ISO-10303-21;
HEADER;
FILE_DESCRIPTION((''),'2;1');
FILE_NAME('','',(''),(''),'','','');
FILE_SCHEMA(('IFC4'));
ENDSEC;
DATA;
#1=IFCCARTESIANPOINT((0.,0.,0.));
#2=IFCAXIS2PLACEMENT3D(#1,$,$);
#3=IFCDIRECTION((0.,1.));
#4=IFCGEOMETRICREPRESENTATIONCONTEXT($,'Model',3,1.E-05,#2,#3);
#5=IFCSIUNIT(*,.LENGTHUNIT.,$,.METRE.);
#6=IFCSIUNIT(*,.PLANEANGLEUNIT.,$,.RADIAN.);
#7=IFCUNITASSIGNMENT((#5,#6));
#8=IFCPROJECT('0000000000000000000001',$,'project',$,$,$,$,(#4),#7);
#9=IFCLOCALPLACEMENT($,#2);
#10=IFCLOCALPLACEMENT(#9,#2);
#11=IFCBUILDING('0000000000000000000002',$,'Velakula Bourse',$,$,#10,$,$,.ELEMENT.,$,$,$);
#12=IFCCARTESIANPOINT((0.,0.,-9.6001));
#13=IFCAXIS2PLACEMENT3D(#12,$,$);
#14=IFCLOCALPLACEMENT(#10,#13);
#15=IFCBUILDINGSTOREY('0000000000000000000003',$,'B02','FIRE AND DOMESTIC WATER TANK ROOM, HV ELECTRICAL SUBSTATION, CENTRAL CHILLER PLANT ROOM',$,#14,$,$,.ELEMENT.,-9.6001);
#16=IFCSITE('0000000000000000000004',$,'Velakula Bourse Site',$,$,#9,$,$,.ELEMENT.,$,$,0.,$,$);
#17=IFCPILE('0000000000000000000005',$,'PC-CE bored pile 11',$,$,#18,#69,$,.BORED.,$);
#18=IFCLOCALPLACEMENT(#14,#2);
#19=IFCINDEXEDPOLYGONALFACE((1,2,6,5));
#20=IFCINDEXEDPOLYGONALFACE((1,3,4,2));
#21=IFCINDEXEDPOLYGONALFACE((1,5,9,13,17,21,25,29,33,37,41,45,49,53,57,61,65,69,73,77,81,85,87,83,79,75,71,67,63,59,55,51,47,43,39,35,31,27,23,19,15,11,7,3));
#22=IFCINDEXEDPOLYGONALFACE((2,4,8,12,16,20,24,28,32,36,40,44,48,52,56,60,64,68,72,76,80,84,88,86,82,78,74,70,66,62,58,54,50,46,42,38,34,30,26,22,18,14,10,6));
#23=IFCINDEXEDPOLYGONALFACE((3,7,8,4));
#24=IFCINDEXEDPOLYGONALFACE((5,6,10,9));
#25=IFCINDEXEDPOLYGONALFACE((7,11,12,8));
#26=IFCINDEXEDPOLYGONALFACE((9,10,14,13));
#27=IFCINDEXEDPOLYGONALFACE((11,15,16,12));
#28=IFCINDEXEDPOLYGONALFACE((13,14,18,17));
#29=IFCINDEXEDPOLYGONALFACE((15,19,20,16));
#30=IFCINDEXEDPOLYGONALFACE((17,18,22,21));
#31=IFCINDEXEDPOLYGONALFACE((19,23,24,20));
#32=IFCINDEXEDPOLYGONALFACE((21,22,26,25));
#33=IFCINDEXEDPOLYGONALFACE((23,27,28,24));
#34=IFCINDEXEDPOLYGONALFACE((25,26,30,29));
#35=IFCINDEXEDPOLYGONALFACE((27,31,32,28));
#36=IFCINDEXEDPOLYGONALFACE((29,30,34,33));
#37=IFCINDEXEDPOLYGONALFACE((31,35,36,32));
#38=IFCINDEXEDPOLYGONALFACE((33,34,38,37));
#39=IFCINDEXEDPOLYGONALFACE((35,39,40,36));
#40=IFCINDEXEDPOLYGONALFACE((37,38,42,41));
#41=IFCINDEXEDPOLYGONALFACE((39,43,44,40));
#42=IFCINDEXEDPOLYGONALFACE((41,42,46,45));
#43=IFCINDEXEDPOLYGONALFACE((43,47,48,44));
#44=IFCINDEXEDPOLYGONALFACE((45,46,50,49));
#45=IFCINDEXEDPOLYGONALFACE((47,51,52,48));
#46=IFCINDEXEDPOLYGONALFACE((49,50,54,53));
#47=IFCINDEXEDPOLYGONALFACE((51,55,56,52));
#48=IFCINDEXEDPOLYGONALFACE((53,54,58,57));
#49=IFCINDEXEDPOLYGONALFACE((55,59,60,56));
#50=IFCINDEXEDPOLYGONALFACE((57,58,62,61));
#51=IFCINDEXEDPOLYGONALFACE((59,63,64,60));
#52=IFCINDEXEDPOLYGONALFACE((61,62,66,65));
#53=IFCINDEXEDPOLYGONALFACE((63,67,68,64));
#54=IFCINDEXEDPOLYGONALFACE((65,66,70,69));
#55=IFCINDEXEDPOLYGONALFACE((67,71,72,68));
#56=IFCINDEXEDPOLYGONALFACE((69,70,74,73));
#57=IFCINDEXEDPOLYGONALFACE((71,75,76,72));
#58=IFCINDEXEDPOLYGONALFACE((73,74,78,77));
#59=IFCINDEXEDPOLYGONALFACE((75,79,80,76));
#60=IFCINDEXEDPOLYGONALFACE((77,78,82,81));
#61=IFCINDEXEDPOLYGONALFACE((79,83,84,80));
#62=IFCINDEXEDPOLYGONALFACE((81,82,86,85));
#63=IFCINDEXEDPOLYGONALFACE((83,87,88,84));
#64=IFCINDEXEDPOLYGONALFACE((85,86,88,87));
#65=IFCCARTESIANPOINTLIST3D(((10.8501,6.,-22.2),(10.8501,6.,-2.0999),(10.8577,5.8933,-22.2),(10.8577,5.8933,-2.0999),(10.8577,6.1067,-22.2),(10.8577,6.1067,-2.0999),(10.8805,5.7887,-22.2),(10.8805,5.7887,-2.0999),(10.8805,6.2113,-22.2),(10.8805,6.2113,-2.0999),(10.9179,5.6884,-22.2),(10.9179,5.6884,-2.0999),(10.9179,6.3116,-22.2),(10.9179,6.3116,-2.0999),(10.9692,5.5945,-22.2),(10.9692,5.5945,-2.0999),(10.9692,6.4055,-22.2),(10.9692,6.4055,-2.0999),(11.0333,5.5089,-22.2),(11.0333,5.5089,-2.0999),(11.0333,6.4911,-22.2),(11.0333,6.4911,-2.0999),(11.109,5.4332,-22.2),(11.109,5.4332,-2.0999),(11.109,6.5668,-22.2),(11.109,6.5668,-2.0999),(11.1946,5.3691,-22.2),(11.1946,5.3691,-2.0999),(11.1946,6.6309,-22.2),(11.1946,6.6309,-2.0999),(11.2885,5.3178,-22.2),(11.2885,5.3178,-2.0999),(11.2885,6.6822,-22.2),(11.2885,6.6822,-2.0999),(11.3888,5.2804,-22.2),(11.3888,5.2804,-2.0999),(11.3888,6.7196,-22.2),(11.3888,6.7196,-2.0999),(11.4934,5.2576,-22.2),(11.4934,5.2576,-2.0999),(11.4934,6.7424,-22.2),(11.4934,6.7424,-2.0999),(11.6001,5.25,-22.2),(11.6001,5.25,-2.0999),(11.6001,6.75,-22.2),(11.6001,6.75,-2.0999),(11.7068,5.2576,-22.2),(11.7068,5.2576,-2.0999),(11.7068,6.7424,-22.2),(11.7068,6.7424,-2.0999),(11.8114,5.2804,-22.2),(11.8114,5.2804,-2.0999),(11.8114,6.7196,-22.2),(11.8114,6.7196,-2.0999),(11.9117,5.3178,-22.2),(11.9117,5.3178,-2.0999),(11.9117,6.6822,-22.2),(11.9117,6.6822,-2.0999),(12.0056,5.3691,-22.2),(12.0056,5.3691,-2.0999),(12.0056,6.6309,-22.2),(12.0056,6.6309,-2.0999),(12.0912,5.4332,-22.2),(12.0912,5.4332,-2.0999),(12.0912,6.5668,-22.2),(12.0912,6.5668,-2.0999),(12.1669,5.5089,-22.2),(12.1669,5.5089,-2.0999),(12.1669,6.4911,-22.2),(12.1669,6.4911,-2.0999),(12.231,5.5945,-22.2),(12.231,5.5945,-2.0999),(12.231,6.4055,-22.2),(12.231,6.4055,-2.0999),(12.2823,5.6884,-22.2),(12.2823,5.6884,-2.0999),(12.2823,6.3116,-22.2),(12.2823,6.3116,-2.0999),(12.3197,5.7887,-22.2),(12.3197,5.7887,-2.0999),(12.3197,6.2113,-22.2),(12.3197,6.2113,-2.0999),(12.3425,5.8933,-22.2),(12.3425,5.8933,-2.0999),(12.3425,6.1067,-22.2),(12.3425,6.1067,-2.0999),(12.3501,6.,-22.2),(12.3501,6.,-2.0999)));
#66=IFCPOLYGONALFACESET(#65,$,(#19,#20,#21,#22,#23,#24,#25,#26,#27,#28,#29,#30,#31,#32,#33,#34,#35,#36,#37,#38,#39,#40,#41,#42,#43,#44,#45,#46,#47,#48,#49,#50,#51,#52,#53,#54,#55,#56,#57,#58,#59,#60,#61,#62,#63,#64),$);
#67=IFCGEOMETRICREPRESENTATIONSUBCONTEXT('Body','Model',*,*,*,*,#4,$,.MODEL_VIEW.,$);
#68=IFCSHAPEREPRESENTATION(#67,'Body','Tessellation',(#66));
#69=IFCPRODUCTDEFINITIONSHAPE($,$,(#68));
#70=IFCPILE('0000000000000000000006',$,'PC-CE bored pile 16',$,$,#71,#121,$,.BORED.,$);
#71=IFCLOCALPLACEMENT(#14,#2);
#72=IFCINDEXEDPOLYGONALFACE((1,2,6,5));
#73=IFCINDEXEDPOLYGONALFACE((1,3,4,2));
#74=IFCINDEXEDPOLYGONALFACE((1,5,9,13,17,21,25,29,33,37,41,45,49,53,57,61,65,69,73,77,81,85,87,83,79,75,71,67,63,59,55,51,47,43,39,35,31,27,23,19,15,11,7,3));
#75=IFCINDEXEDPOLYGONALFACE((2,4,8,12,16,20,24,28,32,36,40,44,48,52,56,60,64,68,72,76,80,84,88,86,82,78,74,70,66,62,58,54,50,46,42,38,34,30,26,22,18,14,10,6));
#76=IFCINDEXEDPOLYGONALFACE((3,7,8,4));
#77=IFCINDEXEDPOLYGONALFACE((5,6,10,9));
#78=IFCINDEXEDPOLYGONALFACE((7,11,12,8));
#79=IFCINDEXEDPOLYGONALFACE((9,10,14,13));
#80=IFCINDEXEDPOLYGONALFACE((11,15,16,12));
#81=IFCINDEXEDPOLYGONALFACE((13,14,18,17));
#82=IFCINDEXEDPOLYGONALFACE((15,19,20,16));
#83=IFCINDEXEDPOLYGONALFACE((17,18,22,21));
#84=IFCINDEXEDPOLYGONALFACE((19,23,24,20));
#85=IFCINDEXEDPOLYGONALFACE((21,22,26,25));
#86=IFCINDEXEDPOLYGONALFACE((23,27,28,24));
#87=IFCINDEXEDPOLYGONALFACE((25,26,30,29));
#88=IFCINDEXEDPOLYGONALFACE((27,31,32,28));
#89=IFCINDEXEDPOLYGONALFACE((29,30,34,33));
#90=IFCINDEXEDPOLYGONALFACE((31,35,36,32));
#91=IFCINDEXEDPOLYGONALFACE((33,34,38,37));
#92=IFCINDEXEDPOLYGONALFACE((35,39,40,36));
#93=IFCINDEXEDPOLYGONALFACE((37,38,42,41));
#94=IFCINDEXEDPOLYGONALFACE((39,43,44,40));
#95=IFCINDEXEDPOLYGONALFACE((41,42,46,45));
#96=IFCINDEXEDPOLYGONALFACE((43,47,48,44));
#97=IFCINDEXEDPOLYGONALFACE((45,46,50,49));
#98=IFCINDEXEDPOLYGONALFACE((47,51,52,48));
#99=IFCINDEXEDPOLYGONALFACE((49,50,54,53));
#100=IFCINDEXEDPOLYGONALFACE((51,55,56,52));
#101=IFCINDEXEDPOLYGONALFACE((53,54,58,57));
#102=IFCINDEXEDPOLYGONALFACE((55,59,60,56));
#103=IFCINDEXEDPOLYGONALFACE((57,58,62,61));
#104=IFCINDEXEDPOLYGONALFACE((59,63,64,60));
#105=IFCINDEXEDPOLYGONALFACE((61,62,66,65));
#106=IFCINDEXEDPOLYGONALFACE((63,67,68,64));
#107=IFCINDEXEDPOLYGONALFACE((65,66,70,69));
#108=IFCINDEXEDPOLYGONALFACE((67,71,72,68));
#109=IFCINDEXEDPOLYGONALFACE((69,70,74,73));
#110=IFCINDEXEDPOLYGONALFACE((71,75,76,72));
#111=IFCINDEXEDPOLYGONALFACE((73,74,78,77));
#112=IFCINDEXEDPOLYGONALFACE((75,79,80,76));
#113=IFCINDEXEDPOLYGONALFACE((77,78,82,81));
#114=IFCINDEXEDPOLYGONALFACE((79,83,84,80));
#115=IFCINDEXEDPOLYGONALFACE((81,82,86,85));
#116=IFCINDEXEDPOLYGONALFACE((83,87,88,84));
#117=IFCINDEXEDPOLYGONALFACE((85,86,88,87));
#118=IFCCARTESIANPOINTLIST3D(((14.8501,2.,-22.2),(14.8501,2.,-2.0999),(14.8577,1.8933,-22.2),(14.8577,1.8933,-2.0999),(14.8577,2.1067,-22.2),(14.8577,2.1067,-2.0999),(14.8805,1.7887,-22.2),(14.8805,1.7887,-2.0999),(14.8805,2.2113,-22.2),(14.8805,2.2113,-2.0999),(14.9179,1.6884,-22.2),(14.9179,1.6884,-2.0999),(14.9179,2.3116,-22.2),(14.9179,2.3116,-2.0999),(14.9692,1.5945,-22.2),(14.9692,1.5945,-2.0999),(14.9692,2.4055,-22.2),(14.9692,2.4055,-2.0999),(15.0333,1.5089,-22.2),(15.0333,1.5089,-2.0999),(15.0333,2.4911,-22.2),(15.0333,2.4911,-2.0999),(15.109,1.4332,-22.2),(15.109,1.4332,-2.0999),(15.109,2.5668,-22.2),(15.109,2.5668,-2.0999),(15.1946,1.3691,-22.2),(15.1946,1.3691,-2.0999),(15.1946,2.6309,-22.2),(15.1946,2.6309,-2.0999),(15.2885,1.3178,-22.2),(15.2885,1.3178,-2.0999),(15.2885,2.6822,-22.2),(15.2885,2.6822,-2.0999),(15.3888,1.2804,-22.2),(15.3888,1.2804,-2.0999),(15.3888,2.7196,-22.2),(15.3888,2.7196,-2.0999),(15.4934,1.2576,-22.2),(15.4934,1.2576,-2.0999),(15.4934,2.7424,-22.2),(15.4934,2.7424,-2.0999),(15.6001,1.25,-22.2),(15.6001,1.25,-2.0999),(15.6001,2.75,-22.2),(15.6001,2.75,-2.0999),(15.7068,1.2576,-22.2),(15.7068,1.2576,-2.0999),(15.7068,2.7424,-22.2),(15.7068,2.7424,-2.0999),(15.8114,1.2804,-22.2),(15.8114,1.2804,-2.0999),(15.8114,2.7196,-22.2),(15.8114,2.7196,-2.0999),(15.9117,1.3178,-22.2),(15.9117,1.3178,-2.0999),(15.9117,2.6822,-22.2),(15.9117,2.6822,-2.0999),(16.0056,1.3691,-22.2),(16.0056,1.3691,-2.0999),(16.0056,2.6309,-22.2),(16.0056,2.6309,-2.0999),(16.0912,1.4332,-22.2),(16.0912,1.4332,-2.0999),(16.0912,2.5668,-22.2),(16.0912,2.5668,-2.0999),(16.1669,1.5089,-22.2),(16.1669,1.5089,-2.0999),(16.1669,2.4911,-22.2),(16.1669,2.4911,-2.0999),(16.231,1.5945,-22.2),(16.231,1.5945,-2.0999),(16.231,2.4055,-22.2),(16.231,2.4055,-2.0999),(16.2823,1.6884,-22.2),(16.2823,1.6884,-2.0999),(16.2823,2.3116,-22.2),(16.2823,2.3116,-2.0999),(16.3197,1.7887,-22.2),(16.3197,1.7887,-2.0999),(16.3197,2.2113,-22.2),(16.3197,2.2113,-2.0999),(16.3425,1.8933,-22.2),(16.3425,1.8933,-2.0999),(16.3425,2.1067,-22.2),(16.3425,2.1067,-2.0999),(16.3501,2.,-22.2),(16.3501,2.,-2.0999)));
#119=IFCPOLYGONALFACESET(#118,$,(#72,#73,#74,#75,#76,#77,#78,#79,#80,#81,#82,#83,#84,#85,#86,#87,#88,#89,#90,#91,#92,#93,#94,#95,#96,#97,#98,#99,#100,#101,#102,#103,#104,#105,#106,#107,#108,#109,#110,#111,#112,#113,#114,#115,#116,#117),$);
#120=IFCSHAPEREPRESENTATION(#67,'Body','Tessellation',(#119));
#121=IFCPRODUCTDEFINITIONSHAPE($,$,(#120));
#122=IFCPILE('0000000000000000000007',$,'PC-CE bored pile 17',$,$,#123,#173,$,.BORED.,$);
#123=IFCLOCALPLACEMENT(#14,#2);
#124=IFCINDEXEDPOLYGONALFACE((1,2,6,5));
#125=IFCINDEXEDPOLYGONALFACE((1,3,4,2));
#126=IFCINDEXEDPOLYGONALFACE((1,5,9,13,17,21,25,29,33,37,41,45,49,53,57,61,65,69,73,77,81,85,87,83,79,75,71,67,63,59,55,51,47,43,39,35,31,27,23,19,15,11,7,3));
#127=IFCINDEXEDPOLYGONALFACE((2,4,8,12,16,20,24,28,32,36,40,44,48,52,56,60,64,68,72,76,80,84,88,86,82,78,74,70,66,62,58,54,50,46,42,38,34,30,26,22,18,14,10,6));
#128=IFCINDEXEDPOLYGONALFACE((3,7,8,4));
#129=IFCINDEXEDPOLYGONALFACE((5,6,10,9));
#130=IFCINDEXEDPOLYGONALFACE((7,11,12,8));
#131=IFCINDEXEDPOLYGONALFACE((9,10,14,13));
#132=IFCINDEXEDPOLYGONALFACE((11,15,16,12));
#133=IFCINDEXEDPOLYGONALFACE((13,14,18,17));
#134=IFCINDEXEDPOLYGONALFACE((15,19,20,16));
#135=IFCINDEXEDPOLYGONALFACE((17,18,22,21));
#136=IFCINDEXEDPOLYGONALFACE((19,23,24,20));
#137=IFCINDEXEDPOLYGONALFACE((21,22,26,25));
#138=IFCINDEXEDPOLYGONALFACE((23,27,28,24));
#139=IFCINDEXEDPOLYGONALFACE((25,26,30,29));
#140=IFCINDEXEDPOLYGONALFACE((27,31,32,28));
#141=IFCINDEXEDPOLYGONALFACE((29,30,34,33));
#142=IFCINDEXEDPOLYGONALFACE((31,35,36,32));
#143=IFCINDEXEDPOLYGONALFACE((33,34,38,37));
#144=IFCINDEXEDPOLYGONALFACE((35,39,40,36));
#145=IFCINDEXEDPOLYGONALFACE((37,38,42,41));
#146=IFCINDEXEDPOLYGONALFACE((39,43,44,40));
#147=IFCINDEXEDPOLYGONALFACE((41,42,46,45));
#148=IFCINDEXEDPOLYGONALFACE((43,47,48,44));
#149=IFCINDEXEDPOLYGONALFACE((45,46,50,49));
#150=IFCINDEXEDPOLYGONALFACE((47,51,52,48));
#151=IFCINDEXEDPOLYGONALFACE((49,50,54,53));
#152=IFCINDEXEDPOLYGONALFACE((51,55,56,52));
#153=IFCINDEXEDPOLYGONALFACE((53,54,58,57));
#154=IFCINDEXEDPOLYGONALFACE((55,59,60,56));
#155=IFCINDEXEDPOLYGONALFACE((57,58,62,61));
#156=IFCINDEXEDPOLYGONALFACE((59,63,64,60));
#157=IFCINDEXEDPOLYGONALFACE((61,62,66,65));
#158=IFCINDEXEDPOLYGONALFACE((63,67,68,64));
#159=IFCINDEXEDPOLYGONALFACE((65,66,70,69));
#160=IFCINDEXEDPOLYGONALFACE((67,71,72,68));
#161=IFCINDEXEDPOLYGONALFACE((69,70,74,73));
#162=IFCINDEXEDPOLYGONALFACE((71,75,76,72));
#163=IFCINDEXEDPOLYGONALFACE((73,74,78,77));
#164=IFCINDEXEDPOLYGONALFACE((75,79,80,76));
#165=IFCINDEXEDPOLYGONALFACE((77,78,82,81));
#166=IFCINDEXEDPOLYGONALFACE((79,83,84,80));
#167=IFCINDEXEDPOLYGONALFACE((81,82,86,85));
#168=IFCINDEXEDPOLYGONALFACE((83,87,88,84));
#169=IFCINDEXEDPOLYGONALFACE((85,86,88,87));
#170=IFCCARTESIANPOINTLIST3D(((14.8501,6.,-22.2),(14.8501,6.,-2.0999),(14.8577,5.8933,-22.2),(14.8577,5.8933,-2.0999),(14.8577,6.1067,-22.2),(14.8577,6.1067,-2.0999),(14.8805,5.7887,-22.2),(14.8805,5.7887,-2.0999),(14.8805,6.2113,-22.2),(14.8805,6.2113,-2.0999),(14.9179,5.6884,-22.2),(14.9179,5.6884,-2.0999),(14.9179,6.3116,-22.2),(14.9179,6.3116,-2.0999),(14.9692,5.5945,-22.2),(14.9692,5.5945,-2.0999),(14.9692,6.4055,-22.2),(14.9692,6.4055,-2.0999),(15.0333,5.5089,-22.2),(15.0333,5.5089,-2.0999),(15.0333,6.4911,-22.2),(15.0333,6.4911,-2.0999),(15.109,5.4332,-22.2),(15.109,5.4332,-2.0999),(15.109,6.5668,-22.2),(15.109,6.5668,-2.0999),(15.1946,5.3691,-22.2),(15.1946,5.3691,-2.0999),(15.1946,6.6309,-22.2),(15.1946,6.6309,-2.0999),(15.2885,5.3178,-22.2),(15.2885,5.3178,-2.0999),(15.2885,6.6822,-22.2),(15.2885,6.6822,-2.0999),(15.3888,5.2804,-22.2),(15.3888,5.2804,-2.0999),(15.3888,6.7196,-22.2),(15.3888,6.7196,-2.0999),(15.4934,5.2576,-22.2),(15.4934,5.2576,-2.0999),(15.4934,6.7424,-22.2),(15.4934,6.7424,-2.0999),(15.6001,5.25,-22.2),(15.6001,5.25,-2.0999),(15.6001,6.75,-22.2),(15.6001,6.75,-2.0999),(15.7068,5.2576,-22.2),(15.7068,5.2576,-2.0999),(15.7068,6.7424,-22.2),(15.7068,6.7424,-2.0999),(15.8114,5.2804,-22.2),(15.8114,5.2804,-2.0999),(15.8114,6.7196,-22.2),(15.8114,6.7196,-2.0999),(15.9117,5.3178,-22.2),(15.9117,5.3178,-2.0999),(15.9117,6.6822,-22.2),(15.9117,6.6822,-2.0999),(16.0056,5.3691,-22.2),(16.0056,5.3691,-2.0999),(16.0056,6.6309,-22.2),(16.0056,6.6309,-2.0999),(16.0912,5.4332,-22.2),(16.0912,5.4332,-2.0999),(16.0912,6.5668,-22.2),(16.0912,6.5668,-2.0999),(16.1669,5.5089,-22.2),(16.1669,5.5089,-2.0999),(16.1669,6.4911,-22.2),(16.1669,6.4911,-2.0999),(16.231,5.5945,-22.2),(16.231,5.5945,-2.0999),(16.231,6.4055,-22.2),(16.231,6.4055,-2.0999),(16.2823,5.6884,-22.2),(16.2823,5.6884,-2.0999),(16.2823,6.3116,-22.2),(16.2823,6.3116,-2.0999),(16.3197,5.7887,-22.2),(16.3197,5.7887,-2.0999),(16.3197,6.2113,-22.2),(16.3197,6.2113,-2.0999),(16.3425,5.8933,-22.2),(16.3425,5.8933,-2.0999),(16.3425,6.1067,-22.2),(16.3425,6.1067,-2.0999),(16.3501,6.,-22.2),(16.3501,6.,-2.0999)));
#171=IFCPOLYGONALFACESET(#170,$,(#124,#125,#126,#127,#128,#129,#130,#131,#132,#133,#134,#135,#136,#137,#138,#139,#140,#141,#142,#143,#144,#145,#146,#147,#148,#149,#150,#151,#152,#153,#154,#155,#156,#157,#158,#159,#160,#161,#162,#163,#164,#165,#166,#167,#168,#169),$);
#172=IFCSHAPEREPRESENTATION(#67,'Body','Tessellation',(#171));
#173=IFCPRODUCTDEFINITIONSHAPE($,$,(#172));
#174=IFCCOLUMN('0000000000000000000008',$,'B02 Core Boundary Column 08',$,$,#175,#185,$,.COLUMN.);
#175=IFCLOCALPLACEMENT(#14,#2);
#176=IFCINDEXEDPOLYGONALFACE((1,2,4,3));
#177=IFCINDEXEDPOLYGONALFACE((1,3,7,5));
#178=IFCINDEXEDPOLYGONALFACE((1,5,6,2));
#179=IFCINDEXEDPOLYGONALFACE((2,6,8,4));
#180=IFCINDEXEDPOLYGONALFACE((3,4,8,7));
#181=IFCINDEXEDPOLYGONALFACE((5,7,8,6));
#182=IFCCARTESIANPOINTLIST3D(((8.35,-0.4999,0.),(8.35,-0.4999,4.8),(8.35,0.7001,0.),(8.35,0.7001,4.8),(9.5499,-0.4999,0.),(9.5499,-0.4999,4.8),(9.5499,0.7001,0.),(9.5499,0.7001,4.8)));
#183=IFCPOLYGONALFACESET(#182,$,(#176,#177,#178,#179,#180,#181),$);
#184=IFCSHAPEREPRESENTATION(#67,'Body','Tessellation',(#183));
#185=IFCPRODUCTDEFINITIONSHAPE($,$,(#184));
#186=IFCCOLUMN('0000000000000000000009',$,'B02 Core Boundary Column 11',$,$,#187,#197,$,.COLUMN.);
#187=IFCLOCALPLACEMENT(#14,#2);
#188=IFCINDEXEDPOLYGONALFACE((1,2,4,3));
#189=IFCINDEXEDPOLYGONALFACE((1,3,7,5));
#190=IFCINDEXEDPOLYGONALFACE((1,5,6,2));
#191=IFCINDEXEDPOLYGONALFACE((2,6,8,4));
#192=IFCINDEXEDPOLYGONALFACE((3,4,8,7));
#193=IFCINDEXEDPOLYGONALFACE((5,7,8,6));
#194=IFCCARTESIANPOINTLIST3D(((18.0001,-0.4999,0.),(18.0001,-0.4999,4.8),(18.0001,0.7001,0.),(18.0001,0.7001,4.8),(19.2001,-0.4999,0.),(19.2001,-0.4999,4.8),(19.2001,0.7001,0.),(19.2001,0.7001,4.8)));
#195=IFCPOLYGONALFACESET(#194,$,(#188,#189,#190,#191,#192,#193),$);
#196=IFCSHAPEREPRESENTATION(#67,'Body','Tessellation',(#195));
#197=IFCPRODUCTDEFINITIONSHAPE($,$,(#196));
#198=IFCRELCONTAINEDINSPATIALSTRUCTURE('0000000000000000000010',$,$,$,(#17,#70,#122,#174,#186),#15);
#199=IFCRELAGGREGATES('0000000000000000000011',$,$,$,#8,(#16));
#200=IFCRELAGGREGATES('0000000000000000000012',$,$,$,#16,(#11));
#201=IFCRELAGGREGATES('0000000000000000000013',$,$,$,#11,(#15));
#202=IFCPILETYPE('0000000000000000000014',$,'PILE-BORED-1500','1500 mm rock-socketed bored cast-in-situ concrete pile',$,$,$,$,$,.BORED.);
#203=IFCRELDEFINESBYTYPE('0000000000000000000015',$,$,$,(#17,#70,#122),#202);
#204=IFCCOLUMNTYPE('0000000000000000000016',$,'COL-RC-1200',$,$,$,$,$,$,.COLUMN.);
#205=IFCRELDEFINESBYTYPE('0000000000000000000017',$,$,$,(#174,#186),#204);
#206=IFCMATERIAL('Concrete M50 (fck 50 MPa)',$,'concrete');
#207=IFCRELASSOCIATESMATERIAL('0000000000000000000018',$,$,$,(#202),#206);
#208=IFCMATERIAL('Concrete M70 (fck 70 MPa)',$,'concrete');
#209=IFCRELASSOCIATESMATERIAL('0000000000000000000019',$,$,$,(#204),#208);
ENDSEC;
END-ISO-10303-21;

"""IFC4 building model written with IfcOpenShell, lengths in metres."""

from ifc_helpers import new_model, si_unit, direction, frame, origin, origin_2d, place, context, subcontext, project, spatial, rectangle, circle, extrude, material, material_profile, profile_set, type_object, element, save


model = new_model("IFC4")

# Units and contexts
model_context = context("Model", 3, precision=1e-05, world=origin(), true_north=direction((0.0, 1.0)))
body_context = subcontext(model_context, "Body", "Model", "MODEL_VIEW")
ifc_project = project(units=[si_unit("LENGTHUNIT", "METRE"), si_unit("PLANEANGLEUNIT", "RADIAN")], contexts=[model_context])

# Site, building, storey
site_placement = place(None, origin())
site = spatial("IfcSite", under=ifc_project, at=site_placement, Name="Velakula Bourse Site", CompositionType="ELEMENT", RefElevation=0.0)
building_placement = place(site_placement, origin())
building = spatial("IfcBuilding", under=site, at=building_placement, Name="Velakula Bourse", CompositionType="ELEMENT")
storey_placement = place(building_placement, frame((0.0, 0.0, -9.6001)))
storey = spatial("IfcBuildingStorey", under=building, at=storey_placement, Name="B02", Description="FIRE AND DOMESTIC WATER TANK ROOM, HV ELECTRICAL SUBSTATION, CENTRAL CHILLER PLANT ROOM", CompositionType="ELEMENT", Elevation=-9.6001)

# Shared definitions
ifc_material_1 = material(Name="Concrete M70 (fck 70 MPa)", Category="concrete")

# Piles
ifc_material_2 = material(Name="Concrete M50 (fck 50 MPa)", Category="concrete")
ifc_material_profile_1 = material_profile(ifc_material_2, circle(Radius=0.75, at=origin_2d()), Name="Concrete M50 (fck 50 MPa)")
ifc_profile_set_1 = profile_set([ifc_material_profile_1], Name="Concrete M50 (fck 50 MPa)")
pile_type = type_object("IfcPileType", Name="PILE-BORED-1500", Description="1500 mm rock-socketed bored cast-in-situ concrete pile", PredefinedType="BORED", material=ifc_profile_set_1)
for number, where, z_axis, x_axis, name in (
    (1, (11.6001, 6.0, -2.0999), (0.0, 0.0, -1.0), (1.0, 0.0, 0.0), "PC-CE bored pile 11"),
    (2, (15.6001, 2.0, -2.0999), (0.0, 0.0, -1.0), (1.0, 0.0, 0.0), "PC-CE bored pile 16"),
    (3, (15.6001, 6.0, -2.0999), (0.0, 0.0, -1.0), (1.0, 0.0, 0.0), "PC-CE bored pile 17"),
):
    element("IfcPile", number, at=place(storey_placement, frame(where, z_axis=z_axis, x_axis=x_axis)), inside=storey, type_object=pile_type, Name=name, PredefinedType="BORED", context=body_context, shape_type="SweptSolid", body=[
        extrude(circle(Radius=0.75, at=origin_2d()), origin(), (0.0, 0.0, 1.0), 20.1001),
    ])

# Columns
ifc_material_profile_2 = material_profile(ifc_material_1, rectangle(XDim=1.2, YDim=1.2, at=origin_2d()), Name="Concrete M70 (fck 70 MPa)")
ifc_profile_set_2 = profile_set([ifc_material_profile_2], Name="Concrete M70 (fck 70 MPa)")
column_type_1 = type_object("IfcColumnType", Name="COL-RC-1200", PredefinedType="COLUMN", material=ifc_profile_set_2)
for number, where, z_axis, x_axis, name in (
    (4, (8.95, 0.1001, 0.0), (0.0, 0.0, 1.0), (1.0, 0.0, 0.0), "B02 Core Boundary Column 08"),
    (5, (18.6001, 0.1001, 0.0), (0.0, 0.0, 1.0), (1.0, 0.0, 0.0), "B02 Core Boundary Column 11"),
):
    element("IfcColumn", number, at=place(storey_placement, frame(where, z_axis=z_axis, x_axis=x_axis)), inside=storey, type_object=column_type_1, Name=name, PredefinedType="COLUMN", context=body_context, shape_type="SweptSolid", body=[
        extrude(rectangle(XDim=1.2, YDim=1.2, at=origin_2d()), origin(), (0.0, 0.0, 1.0), 4.8),
    ])

save(model, "model.ifc")
